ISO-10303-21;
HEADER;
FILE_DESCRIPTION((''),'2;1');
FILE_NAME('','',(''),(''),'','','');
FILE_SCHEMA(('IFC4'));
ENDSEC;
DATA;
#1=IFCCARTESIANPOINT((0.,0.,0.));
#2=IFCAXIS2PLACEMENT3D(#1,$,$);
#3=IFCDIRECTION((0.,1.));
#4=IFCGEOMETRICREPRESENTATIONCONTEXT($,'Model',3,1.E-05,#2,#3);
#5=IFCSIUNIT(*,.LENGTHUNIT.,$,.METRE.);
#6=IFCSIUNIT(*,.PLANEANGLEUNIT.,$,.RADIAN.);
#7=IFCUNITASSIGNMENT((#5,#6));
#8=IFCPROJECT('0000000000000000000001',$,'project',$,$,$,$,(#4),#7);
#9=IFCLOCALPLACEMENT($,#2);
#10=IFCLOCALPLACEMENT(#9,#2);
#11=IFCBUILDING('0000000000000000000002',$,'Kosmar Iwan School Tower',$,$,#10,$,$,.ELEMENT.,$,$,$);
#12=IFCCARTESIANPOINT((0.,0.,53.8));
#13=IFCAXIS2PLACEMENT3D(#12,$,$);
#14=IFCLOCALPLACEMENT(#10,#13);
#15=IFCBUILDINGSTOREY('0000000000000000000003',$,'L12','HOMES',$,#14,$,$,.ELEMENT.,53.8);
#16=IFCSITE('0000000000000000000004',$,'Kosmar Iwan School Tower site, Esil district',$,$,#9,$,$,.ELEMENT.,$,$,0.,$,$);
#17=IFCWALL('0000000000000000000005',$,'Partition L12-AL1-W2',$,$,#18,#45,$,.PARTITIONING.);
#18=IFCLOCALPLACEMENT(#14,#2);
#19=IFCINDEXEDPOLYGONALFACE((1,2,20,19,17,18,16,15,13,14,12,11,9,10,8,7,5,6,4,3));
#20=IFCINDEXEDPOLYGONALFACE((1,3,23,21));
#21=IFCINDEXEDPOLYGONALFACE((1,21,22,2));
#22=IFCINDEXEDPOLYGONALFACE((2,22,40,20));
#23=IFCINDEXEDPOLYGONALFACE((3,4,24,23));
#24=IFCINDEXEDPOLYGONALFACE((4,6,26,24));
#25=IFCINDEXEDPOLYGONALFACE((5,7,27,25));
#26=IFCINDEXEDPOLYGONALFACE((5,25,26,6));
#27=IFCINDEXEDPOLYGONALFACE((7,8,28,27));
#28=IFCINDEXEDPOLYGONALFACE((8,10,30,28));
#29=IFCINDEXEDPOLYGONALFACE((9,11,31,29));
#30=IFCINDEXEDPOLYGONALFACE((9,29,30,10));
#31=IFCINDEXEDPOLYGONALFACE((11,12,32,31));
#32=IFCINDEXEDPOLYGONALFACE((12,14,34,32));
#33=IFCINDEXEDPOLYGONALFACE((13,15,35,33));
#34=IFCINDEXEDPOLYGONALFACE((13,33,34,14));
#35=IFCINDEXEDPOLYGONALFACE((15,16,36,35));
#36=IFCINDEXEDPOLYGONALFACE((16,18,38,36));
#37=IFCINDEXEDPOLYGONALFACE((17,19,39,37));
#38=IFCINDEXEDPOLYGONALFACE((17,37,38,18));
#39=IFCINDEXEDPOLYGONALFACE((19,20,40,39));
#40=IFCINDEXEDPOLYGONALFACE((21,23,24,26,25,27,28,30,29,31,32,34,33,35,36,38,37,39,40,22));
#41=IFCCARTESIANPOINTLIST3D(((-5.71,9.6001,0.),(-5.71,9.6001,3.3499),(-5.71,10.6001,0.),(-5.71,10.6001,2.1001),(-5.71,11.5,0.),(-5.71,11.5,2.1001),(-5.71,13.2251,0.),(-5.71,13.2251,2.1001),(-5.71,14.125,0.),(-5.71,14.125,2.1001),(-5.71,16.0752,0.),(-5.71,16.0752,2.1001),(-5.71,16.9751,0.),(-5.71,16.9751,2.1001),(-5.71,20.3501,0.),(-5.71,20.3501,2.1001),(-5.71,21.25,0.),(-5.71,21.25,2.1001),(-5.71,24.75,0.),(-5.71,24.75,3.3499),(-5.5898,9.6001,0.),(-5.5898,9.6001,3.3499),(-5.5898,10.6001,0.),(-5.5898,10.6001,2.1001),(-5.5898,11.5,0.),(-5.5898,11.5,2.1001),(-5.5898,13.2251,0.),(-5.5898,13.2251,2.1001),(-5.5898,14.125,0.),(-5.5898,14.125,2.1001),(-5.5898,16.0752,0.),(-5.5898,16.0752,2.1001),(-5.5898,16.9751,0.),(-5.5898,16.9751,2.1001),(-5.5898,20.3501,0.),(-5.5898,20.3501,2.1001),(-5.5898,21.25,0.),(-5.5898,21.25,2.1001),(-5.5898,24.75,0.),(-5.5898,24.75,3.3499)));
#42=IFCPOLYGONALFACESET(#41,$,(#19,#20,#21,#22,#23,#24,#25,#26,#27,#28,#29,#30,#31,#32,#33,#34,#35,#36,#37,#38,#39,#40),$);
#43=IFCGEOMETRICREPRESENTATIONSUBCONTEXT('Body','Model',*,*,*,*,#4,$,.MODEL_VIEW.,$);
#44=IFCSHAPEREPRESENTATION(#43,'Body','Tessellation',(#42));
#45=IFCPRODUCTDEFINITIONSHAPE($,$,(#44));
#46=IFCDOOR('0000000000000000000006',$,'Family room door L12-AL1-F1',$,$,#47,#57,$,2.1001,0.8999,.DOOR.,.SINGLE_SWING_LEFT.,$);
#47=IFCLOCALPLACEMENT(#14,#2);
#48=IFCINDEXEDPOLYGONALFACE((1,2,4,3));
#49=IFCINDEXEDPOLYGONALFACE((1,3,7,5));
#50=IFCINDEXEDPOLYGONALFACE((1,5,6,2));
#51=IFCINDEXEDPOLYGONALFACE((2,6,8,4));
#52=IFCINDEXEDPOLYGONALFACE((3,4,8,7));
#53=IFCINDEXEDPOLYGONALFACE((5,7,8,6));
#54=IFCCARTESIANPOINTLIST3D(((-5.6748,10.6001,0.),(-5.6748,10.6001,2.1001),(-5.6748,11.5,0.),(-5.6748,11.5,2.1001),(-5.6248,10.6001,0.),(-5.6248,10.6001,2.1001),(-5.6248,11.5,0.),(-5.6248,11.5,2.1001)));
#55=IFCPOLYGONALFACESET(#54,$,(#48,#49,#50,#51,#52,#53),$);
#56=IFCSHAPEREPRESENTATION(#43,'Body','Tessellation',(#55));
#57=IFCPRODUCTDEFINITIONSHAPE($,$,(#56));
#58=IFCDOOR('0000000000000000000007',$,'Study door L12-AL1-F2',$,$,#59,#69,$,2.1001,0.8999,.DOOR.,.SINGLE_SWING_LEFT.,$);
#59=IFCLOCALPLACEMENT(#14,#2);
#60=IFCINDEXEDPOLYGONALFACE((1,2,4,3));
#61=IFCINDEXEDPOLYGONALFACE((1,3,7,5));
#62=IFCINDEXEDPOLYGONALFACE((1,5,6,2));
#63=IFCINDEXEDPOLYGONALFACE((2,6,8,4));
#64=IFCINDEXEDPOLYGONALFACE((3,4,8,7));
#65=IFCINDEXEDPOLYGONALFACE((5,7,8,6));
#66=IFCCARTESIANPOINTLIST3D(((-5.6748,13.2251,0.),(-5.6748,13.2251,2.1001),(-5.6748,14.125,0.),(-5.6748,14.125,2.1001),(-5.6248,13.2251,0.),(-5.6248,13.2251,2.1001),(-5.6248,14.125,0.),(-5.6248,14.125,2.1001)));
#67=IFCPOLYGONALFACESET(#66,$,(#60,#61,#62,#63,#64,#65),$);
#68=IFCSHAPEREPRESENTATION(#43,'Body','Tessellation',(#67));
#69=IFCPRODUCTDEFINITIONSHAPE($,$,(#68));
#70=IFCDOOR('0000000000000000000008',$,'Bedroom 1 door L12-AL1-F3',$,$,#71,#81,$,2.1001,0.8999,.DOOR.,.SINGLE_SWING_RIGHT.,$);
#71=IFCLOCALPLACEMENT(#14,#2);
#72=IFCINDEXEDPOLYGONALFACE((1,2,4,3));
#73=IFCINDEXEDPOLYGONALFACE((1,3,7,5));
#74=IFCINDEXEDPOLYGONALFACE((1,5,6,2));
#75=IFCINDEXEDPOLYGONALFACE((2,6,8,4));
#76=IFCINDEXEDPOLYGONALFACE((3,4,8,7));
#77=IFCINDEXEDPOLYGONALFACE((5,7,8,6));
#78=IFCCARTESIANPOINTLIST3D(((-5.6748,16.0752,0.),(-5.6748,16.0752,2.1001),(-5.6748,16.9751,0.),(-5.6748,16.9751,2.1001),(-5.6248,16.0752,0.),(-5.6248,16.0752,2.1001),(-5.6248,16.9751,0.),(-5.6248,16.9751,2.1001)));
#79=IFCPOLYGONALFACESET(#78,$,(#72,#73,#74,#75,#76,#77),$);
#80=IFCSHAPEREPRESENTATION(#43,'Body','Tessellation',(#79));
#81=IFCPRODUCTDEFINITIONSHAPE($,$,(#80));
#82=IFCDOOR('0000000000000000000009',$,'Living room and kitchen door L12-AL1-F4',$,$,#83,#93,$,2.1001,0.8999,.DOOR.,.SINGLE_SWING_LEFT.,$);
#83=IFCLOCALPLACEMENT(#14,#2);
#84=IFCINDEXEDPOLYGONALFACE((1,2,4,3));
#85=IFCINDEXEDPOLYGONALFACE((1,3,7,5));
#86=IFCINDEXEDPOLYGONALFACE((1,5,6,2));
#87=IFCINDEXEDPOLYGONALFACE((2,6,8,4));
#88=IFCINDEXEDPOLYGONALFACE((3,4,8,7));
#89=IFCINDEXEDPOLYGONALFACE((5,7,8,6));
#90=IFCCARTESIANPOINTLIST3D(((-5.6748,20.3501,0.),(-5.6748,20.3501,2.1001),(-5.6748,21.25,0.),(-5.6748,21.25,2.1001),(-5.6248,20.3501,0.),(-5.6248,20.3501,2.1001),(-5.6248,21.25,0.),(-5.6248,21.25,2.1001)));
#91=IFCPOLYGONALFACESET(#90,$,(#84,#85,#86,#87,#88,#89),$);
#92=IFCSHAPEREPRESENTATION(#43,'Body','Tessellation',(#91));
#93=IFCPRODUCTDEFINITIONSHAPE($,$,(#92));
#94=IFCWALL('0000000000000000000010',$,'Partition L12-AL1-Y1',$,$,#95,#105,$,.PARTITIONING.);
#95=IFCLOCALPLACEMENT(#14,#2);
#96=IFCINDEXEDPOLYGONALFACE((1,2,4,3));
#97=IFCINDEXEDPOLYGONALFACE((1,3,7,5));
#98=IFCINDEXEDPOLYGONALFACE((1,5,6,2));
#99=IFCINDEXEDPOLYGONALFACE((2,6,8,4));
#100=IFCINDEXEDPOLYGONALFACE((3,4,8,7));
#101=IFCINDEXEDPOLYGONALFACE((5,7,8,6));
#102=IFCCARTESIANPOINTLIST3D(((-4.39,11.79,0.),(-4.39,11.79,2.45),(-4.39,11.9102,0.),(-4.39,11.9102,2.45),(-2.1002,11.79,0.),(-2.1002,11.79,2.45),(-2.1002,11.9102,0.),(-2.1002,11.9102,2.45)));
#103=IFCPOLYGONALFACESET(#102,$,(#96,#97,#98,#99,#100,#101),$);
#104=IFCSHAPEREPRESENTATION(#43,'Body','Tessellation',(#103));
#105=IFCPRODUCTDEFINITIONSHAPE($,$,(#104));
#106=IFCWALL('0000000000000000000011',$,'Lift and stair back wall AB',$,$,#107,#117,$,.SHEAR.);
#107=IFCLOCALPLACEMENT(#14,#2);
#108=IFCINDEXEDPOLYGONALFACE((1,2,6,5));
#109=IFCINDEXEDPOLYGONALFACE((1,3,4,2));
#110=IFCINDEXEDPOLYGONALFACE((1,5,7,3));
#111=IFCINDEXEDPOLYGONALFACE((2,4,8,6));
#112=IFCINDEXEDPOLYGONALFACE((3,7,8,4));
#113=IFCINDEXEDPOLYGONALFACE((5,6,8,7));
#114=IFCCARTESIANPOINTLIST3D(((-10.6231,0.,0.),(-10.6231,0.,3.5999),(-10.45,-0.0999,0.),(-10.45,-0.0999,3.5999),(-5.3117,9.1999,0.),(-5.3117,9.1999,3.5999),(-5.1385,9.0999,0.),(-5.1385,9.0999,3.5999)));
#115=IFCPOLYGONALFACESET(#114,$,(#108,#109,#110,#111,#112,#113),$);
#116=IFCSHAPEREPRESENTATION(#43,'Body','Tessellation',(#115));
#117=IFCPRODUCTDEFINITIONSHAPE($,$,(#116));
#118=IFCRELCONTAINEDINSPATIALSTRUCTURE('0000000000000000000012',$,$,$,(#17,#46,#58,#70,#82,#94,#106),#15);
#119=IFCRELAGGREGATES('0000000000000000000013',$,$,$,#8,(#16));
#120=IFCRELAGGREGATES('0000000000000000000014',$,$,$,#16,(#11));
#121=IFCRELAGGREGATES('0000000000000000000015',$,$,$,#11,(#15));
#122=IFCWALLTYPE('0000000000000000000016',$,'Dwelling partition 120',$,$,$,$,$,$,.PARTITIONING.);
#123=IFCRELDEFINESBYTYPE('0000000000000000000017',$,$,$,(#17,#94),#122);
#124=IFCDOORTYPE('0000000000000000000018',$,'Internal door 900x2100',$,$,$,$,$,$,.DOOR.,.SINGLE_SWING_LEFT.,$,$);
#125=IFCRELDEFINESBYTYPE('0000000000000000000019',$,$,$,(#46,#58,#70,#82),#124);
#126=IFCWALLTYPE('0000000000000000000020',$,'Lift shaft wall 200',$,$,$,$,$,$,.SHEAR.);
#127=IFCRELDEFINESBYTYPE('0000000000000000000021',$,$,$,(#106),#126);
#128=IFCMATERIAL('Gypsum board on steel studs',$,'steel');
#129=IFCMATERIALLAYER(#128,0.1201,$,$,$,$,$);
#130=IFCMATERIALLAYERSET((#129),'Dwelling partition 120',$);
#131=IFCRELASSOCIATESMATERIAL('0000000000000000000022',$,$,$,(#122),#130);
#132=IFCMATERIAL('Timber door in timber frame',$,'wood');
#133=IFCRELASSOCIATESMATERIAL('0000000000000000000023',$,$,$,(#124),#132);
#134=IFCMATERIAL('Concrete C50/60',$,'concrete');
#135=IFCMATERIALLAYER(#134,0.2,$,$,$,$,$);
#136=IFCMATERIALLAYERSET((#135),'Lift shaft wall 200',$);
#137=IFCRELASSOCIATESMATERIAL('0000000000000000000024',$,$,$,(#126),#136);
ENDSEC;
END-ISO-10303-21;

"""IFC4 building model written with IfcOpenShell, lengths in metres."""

from ifc_helpers import new_model, si_unit, direction, frame, frame_2d, origin, place, context, subcontext, project, spatial, rectangle, extrude, material, layer, layer_set, type_object, element, fill, save


model = new_model("IFC4")

# Units and contexts
model_context = context("Model", 3, precision=1e-05, world=origin(), true_north=direction((0.0, 1.0)))
body_context = subcontext(model_context, "Body", "Model", "MODEL_VIEW")
ifc_project = project(units=[si_unit("LENGTHUNIT", "METRE"), si_unit("PLANEANGLEUNIT", "RADIAN")], contexts=[model_context])

# Site, building, storey
site_placement = place(None, origin())
site = spatial("IfcSite", under=ifc_project, at=site_placement, Name="Kosmar Iwan School Tower site, Esil district", CompositionType="ELEMENT", RefElevation=0.0)
building_placement = place(site_placement, origin())
building = spatial("IfcBuilding", under=site, at=building_placement, Name="Kosmar Iwan School Tower", CompositionType="ELEMENT")
storey_placement = place(building_placement, frame((0.0, 0.0, 53.8)))
storey = spatial("IfcBuildingStorey", under=building, at=storey_placement, Name="L12", Description="HOMES", CompositionType="ELEMENT", Elevation=53.8)

# Wall, openings, doors
ifc_material_1 = material(Name="Gypsum board on steel studs", Category="steel")
ifc_layer_1 = layer(ifc_material_1, 0.1201)
ifc_layer_set_1 = layer_set([ifc_layer_1], Name="Dwelling partition 120")
wall_type_1 = type_object("IfcWallType", Name="Dwelling partition 120", PredefinedType="PARTITIONING", material=ifc_layer_set_1)
ifc_material_2 = material(Name="Timber door in timber frame", Category="wood")
door_type_1 = type_object("IfcDoorType", Name="Internal door 900x2100", OperationType="SINGLE_SWING_LEFT", PredefinedType="DOOR", material=ifc_material_2)
wall_1_placement = place(storey_placement, frame((-5.6499, 9.6001, 0.0), z_axis=(0.0, 0.0, 1.0), x_axis=(0.0, 1.0, 0.0)))
wall_1 = element("IfcWall", 1, at=wall_1_placement, inside=storey, type_object=wall_type_1, Name="Partition L12-AL1-W2", PredefinedType="PARTITIONING", context=body_context, shape_type="SweptSolid", body=[
    extrude(rectangle(XDim=15.1499, YDim=0.1201, at=frame_2d((7.575, 0.0))), origin(), (0.0, 0.0, 1.0), 3.3499),
])
opening_1_placement = place(wall_1_placement, frame((1.0, 0.0, 0.0)))
opening_1 = element("IfcOpeningElement", 2, at=opening_1_placement, cuts=wall_1, PredefinedType="OPENING", context=body_context, shape_type="SweptSolid", body=[
    extrude(rectangle(XDim=0.8999, YDim=2.1001, at=frame_2d((0.45, 1.05))), frame((0.0, 0.072, 0.0), z_axis=(0.0, -1.0, 0.0), x_axis=(1.0, 0.0, 0.0)), (0.0, 0.0, 1.0), 0.144),
])
opening_2_placement = place(wall_1_placement, frame((3.625, 0.0, 0.0)))
opening_2 = element("IfcOpeningElement", 3, at=opening_2_placement, cuts=wall_1, PredefinedType="OPENING", context=body_context, shape_type="SweptSolid", body=[
    extrude(rectangle(XDim=0.8999, YDim=2.1001, at=frame_2d((0.45, 1.05))), frame((0.0, 0.072, 0.0), z_axis=(0.0, -1.0, 0.0), x_axis=(1.0, 0.0, 0.0)), (0.0, 0.0, 1.0), 0.144),
])
opening_3_placement = place(wall_1_placement, frame((6.4751, 0.0, 0.0)))
opening_3 = element("IfcOpeningElement", 4, at=opening_3_placement, cuts=wall_1, PredefinedType="OPENING", context=body_context, shape_type="SweptSolid", body=[
    extrude(rectangle(XDim=0.8999, YDim=2.1001, at=frame_2d((0.45, 1.05))), frame((0.0, 0.072, 0.0), z_axis=(0.0, -1.0, 0.0), x_axis=(1.0, 0.0, 0.0)), (0.0, 0.0, 1.0), 0.144),
])
opening_4_placement = place(wall_1_placement, frame((10.75, 0.0, 0.0)))
opening_4 = element("IfcOpeningElement", 5, at=opening_4_placement, cuts=wall_1, PredefinedType="OPENING", context=body_context, shape_type="SweptSolid", body=[
    extrude(rectangle(XDim=0.8999, YDim=2.1001, at=frame_2d((0.45, 1.05))), frame((0.0, 0.072, 0.0), z_axis=(0.0, -1.0, 0.0), x_axis=(1.0, 0.0, 0.0)), (0.0, 0.0, 1.0), 0.144),
])
door_1_placement = place(opening_1_placement, origin())
door_1 = element("IfcDoor", 6, at=door_1_placement, inside=storey, type_object=door_type_1, Name="Family room door L12-AL1-F1", OperationType="SINGLE_SWING_LEFT", OverallHeight=2.1001, OverallWidth=0.8999, PredefinedType="DOOR", context=body_context, shape_type="SweptSolid", body=[
    extrude(rectangle(XDim=0.8999, YDim=2.1001, at=frame_2d((0.45, 1.05))), frame((0.0, 0.0249, 0.0), z_axis=(0.0, -1.0, 0.0), x_axis=(1.0, 0.0, 0.0)), (0.0, 0.0, 1.0), 0.05),
])
fill(opening_1, door_1)
door_2_placement = place(opening_2_placement, origin())
door_2 = element("IfcDoor", 7, at=door_2_placement, inside=storey, type_object=door_type_1, Name="Study door L12-AL1-F2", OperationType="SINGLE_SWING_LEFT", OverallHeight=2.1001, OverallWidth=0.8999, PredefinedType="DOOR", context=body_context, shape_type="SweptSolid", body=[
    extrude(rectangle(XDim=0.8999, YDim=2.1001, at=frame_2d((0.45, 1.05))), frame((0.0, 0.0249, 0.0), z_axis=(0.0, -1.0, 0.0), x_axis=(1.0, 0.0, 0.0)), (0.0, 0.0, 1.0), 0.05),
])
fill(opening_2, door_2)
door_3_placement = place(opening_3_placement, origin())
door_3 = element("IfcDoor", 8, at=door_3_placement, inside=storey, type_object=door_type_1, Name="Bedroom 1 door L12-AL1-F3", OperationType="SINGLE_SWING_RIGHT", OverallHeight=2.1001, OverallWidth=0.8999, PredefinedType="DOOR", context=body_context, shape_type="SweptSolid", body=[
    extrude(rectangle(XDim=0.8999, YDim=2.1001, at=frame_2d((0.45, 1.05))), frame((0.0, 0.0249, 0.0), z_axis=(0.0, -1.0, 0.0), x_axis=(1.0, 0.0, 0.0)), (0.0, 0.0, 1.0), 0.05),
])
fill(opening_3, door_3)
door_4_placement = place(opening_4_placement, origin())
door_4 = element("IfcDoor", 9, at=door_4_placement, inside=storey, type_object=door_type_1, Name="Living room and kitchen door L12-AL1-F4", OperationType="SINGLE_SWING_LEFT", OverallHeight=2.1001, OverallWidth=0.8999, PredefinedType="DOOR", context=body_context, shape_type="SweptSolid", body=[
    extrude(rectangle(XDim=0.8999, YDim=2.1001, at=frame_2d((0.45, 1.05))), frame((0.0, 0.0249, 0.0), z_axis=(0.0, -1.0, 0.0), x_axis=(1.0, 0.0, 0.0)), (0.0, 0.0, 1.0), 0.05),
])
fill(opening_4, door_4)

# Walls
wall_2_placement = place(storey_placement, frame((-2.1001, 11.8501, 0.0), z_axis=(0.0, 0.0, 1.0), x_axis=(-1.0, 0.0, 0.0)))
element("IfcWall", 10, at=wall_2_placement, inside=storey, type_object=wall_type_1, Name="Partition L12-AL1-Y1", PredefinedType="PARTITIONING", context=body_context, shape_type="SweptSolid", body=[
    extrude(rectangle(XDim=2.2898, YDim=0.1201, at=frame_2d((1.145, 0.0))), origin(), (0.0, 0.0, 1.0), 2.45),
])
ifc_material_3 = material(Name="Concrete C50/60", Category="concrete")
ifc_layer_2 = layer(ifc_material_3, 0.2)
ifc_layer_set_2 = layer_set([ifc_layer_2], Name="Lift shaft wall 200")
wall_type_2 = type_object("IfcWallType", Name="Lift shaft wall 200", PredefinedType="SHEAR", material=ifc_layer_set_2)
wall_3_placement = place(storey_placement, frame((-5.2251, 9.1499, 0.0), z_axis=(0.0, 0.0, 1.0), x_axis=(-0.499995, -0.866028, 0.0)))
element("IfcWall", 11, at=wall_3_placement, inside=storey, type_object=wall_type_2, Name="Lift and stair back wall AB", PredefinedType="SHEAR", context=body_context, shape_type="SweptSolid", body=[
    extrude(rectangle(XDim=10.623, YDim=0.2, at=frame_2d((5.3115, 0.0))), origin(), (0.0, 0.0, 1.0), 3.5999),
])

save(model, "model.ifc")
